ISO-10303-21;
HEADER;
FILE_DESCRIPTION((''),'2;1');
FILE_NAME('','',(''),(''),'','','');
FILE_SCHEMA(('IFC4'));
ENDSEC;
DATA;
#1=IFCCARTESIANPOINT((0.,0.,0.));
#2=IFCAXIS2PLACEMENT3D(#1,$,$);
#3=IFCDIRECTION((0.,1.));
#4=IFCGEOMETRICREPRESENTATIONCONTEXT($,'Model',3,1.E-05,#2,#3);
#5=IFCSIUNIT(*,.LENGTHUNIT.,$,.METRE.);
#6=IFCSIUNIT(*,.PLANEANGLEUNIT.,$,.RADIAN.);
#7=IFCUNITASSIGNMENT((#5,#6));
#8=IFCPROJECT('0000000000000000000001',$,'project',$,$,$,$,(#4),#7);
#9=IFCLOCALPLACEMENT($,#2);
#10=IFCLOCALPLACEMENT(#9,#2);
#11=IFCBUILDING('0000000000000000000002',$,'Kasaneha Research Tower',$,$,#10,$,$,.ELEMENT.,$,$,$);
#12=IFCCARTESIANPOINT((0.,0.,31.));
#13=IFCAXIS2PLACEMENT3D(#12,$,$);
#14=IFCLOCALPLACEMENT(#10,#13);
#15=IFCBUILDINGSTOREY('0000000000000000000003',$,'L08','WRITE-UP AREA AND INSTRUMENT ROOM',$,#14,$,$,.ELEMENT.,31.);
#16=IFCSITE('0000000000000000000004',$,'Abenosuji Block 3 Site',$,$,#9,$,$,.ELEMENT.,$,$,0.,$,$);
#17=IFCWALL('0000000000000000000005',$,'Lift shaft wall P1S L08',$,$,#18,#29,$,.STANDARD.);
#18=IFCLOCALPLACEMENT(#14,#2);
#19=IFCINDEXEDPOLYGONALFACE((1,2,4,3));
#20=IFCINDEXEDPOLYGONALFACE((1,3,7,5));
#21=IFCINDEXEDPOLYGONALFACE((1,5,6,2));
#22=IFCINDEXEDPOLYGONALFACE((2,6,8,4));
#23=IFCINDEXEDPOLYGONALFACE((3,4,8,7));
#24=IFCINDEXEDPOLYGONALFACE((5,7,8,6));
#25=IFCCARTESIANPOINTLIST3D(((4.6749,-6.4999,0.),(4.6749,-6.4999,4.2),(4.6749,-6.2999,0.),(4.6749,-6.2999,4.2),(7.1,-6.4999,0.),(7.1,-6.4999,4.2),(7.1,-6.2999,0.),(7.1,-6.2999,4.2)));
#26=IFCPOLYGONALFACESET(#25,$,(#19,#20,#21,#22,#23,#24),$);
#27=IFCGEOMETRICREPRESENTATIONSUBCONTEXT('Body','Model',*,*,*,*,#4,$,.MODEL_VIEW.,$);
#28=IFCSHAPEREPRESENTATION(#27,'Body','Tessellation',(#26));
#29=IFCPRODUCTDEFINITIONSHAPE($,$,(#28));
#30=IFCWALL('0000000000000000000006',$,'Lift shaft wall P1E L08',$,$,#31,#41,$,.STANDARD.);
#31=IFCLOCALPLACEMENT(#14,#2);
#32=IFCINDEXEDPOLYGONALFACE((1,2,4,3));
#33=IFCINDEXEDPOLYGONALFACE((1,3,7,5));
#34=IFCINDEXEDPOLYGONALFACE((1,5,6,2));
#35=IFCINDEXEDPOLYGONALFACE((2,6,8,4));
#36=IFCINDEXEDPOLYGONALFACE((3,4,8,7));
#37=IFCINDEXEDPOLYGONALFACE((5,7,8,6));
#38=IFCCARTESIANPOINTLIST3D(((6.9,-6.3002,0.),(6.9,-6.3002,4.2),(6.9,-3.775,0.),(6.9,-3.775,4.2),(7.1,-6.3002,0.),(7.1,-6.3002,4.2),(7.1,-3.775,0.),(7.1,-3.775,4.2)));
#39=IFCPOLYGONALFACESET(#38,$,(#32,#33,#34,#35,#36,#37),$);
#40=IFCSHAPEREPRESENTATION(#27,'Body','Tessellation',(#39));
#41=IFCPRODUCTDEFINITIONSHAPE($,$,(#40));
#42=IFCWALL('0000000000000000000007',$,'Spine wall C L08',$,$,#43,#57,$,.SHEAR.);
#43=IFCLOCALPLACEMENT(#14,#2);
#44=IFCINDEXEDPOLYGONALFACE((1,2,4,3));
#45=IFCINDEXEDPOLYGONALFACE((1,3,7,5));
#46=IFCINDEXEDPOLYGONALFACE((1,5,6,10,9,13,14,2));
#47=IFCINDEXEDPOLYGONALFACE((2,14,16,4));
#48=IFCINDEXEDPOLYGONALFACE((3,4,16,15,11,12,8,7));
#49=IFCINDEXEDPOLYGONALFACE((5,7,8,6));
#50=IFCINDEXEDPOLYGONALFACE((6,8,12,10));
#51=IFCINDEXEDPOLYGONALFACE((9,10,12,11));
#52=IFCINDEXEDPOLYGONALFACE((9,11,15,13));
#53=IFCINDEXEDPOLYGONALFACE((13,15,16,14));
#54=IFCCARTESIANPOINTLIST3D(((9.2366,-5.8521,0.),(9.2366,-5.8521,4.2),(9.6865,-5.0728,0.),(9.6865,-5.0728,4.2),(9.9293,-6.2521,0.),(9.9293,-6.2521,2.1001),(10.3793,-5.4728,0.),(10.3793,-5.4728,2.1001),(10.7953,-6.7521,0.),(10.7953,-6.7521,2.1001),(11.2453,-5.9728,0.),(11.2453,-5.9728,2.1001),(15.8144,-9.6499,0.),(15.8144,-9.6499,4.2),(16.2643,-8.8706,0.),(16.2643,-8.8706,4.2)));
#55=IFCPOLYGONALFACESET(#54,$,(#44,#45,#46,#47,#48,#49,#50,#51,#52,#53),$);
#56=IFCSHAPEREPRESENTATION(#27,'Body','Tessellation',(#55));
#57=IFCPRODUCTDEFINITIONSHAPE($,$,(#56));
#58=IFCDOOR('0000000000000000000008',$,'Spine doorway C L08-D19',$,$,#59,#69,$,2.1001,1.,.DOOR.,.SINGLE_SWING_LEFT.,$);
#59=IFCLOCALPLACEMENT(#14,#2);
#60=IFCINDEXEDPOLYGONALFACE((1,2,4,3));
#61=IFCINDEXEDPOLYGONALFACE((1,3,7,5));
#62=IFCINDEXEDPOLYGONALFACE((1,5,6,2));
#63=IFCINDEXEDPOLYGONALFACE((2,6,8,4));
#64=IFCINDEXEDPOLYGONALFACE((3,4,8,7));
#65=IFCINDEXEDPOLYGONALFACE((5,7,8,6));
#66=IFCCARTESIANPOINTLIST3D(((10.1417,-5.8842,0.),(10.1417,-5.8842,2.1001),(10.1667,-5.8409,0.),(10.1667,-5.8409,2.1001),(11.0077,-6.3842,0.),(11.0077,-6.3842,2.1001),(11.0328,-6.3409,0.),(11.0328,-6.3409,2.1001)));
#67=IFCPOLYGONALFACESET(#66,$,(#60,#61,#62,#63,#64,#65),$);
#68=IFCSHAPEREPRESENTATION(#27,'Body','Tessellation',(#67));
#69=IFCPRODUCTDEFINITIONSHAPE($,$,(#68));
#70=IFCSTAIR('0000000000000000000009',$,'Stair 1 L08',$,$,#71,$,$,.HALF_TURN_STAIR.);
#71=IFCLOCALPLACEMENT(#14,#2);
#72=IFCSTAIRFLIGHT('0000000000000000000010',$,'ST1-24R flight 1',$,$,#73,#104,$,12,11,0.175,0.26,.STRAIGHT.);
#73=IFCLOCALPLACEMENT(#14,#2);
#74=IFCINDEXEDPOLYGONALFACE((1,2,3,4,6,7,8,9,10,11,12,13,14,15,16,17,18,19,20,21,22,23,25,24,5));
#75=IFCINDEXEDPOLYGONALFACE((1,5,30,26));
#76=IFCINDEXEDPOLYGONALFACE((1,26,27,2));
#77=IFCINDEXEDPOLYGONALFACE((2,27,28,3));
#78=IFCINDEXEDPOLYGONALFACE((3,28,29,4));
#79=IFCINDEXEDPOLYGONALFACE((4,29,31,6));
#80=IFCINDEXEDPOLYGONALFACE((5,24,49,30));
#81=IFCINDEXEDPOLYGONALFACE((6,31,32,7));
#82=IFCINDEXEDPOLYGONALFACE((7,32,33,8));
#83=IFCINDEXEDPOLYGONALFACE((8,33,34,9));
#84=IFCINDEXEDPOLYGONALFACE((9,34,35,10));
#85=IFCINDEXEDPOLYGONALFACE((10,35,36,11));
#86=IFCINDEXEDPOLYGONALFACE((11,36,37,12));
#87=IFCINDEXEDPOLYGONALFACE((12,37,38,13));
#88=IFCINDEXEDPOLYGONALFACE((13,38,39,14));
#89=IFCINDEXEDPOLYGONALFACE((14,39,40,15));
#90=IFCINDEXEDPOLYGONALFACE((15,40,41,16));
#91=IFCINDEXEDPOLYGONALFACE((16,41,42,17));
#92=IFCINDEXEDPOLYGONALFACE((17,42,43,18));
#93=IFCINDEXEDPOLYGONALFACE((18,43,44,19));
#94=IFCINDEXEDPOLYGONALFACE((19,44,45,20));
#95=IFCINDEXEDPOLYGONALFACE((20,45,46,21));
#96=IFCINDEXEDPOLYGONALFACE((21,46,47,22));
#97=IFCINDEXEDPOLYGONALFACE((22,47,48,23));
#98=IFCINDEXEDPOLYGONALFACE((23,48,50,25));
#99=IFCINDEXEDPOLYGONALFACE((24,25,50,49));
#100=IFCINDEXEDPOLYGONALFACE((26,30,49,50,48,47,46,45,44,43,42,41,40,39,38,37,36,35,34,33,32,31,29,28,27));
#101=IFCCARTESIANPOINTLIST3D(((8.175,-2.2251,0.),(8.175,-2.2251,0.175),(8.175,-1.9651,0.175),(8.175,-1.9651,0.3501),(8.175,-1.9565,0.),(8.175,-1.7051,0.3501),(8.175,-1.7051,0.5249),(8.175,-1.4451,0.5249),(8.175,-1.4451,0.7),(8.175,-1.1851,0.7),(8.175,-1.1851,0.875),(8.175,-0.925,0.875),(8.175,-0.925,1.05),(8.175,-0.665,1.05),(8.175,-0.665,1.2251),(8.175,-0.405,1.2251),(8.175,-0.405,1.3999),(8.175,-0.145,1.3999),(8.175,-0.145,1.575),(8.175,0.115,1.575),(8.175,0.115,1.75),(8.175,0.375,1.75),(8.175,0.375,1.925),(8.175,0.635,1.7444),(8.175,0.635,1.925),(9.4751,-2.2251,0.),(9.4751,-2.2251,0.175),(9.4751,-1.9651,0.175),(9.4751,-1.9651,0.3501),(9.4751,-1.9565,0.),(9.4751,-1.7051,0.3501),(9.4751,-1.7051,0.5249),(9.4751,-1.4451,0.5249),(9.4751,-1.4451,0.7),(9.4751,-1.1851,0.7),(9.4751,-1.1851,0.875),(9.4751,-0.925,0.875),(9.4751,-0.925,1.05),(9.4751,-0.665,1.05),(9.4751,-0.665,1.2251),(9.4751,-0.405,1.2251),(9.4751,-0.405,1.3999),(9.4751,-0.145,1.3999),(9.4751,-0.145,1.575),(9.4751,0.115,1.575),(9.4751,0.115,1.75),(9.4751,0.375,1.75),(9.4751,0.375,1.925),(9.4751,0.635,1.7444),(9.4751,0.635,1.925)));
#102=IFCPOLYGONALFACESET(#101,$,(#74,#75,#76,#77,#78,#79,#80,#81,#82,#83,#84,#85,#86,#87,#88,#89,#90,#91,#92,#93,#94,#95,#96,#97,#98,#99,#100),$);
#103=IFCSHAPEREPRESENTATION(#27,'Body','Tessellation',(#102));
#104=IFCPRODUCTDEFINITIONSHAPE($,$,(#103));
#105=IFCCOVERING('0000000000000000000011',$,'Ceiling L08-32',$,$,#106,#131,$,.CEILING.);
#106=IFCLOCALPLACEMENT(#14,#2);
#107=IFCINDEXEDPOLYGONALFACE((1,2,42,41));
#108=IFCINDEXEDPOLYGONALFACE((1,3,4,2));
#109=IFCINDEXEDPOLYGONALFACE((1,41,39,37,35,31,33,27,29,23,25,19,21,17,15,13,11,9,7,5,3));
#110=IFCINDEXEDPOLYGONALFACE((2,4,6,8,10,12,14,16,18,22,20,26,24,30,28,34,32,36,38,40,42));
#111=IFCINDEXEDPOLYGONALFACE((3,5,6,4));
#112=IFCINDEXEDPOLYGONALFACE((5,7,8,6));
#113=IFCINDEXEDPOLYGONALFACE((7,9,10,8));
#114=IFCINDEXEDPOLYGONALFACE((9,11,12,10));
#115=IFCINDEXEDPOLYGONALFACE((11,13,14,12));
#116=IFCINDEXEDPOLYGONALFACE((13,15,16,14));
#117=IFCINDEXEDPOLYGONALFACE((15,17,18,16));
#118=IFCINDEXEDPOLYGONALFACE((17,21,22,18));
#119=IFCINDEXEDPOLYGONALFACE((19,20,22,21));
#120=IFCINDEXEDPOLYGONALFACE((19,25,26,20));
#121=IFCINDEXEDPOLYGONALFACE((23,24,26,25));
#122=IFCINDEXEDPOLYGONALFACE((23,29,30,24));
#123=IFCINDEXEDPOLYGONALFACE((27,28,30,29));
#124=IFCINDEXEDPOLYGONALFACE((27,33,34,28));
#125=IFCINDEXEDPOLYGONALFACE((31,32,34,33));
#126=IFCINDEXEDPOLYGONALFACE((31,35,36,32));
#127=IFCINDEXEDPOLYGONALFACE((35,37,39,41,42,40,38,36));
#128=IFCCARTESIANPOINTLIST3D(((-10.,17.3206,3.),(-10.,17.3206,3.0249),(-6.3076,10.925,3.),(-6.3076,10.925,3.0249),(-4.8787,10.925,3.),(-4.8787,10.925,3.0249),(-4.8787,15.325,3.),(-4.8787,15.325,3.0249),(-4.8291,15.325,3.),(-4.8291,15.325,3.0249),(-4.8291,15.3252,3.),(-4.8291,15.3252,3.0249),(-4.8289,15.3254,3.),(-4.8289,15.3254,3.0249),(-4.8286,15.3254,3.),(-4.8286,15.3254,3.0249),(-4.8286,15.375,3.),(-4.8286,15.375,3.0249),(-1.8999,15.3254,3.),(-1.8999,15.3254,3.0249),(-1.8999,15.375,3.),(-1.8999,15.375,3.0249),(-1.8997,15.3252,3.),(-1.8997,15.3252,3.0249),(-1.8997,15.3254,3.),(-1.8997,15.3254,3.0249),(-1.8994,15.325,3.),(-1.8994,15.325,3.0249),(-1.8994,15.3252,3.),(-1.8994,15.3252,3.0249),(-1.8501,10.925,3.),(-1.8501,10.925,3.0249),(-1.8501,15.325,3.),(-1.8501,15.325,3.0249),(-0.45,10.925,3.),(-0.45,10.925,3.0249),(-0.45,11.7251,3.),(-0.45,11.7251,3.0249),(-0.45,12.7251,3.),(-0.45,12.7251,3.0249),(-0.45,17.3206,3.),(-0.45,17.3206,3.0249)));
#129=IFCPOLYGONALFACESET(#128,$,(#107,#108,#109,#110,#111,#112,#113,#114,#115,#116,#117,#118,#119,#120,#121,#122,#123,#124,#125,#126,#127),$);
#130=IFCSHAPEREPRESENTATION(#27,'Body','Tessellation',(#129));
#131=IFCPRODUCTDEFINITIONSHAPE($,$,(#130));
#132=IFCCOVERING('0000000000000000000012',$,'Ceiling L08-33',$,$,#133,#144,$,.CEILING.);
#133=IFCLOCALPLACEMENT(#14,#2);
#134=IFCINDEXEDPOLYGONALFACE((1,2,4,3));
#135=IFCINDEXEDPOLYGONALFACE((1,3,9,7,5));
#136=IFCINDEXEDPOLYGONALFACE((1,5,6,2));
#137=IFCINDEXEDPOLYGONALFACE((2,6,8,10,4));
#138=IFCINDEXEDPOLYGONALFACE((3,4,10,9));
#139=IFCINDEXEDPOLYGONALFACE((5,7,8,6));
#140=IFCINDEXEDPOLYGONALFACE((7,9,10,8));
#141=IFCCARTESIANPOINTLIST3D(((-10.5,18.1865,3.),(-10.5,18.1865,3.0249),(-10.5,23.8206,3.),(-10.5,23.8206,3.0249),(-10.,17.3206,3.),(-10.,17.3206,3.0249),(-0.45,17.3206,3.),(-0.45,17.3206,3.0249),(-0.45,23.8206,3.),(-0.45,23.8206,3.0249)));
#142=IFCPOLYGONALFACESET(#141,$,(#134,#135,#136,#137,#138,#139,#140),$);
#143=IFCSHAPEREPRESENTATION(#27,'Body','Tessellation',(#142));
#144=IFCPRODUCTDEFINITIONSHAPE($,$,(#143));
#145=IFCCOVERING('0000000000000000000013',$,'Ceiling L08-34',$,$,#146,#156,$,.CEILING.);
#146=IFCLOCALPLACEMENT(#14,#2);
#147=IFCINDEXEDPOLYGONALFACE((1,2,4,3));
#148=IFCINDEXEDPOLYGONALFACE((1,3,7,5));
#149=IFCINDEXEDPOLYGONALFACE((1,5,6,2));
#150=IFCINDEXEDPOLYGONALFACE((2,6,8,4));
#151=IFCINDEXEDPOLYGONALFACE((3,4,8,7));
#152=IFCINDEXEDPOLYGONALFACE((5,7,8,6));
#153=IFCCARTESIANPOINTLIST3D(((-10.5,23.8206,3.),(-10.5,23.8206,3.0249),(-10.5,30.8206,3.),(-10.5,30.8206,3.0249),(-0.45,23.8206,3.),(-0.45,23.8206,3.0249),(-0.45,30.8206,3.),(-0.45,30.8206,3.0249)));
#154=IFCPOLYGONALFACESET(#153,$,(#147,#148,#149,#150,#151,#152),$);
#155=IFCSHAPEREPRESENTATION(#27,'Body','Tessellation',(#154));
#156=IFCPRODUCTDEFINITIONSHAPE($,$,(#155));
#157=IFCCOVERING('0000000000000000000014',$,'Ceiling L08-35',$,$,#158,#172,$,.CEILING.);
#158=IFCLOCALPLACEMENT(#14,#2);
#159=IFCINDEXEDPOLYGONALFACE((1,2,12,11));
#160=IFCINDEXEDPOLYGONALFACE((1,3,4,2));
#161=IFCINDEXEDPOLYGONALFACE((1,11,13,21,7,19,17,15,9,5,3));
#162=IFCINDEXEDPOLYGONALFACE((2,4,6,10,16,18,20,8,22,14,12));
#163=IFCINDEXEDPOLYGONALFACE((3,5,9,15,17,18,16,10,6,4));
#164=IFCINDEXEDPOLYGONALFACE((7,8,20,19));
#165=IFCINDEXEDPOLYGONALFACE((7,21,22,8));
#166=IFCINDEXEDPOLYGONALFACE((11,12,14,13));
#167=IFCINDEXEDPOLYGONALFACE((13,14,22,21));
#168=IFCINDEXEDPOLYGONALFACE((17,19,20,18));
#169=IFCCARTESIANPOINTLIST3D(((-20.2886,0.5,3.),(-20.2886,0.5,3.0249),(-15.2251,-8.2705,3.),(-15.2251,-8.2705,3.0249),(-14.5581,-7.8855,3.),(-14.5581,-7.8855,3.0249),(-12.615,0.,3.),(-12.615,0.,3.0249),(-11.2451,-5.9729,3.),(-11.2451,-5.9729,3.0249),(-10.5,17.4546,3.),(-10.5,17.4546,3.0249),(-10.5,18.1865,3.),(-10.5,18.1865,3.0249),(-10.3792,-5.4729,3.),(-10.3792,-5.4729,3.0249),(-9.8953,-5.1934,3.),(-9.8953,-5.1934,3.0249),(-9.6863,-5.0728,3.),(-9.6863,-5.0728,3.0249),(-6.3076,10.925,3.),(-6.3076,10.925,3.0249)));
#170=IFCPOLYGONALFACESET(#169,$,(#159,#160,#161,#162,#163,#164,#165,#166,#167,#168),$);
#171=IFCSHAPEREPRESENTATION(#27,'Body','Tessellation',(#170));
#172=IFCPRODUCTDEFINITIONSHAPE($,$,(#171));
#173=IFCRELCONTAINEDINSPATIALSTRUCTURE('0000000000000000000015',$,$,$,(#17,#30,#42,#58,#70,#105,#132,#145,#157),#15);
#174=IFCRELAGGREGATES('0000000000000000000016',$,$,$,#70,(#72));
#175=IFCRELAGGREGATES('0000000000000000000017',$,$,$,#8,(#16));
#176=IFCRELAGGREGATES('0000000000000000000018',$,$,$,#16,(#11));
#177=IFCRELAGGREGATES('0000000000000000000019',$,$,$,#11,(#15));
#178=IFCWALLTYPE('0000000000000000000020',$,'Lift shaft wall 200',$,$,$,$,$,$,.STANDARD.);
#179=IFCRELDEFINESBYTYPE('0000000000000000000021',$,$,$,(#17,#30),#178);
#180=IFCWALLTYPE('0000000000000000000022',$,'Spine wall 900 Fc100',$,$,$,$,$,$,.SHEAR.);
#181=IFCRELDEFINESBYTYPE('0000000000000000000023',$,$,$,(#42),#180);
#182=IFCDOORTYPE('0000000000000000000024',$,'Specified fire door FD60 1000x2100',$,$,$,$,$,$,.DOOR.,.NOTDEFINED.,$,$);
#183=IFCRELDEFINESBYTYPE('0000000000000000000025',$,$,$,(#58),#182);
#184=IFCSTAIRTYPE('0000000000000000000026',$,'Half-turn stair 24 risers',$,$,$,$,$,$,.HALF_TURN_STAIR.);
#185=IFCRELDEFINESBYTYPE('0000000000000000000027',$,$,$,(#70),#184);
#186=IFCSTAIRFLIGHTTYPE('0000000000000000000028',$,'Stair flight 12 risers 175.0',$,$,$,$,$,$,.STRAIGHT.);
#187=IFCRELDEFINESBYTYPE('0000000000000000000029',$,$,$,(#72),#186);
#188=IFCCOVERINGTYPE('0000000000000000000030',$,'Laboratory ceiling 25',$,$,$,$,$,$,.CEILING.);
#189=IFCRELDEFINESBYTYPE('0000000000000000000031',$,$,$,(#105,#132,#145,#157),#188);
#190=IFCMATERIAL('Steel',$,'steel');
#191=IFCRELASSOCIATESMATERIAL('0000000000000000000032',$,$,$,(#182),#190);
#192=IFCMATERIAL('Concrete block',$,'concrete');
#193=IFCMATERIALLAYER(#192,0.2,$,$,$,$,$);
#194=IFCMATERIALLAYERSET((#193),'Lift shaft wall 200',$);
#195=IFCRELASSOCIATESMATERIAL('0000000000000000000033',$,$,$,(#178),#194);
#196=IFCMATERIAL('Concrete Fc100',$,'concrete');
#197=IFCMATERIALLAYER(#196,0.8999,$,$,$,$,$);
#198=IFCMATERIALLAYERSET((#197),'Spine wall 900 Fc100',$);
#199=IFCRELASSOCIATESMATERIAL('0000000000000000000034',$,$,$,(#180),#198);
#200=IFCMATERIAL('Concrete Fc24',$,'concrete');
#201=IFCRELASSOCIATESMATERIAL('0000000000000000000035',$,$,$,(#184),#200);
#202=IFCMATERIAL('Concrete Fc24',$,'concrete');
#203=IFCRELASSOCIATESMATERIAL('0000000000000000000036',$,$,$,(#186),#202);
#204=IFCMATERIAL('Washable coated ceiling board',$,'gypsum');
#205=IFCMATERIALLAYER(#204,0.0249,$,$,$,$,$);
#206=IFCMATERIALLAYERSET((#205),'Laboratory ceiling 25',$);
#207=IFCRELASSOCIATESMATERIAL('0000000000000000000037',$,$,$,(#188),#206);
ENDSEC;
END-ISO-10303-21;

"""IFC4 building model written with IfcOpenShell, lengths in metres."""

from ifc_helpers import new_model, si_unit, direction, frame, frame_2d, origin, place, context, subcontext, project, spatial, polyline, rectangle, outline, extrude, material, layer, layer_set, type_object, element, fill, aggregate, save


model = new_model("IFC4")

# Units and contexts
model_context = context("Model", 3, precision=1e-05, world=origin(), true_north=direction((0.0, 1.0)))
body_context = subcontext(model_context, "Body", "Model", "MODEL_VIEW")
ifc_project = project(units=[si_unit("LENGTHUNIT", "METRE"), si_unit("PLANEANGLEUNIT", "RADIAN")], contexts=[model_context])

# Site, building, storey
site_placement = place(None, origin())
site = spatial("IfcSite", under=ifc_project, at=site_placement, Name="Abenosuji Block 3 Site", CompositionType="ELEMENT", RefElevation=0.0)
building_placement = place(site_placement, origin())
building = spatial("IfcBuilding", under=site, at=building_placement, Name="Kasaneha Research Tower", CompositionType="ELEMENT")
storey_placement = place(building_placement, frame((0.0, 0.0, 31.0)))
storey = spatial("IfcBuildingStorey", under=building, at=storey_placement, Name="L08", Description="WRITE-UP AREA AND INSTRUMENT ROOM", CompositionType="ELEMENT", Elevation=31.0)

# Shared definitions
ifc_material_1 = material(Name="Steel", Category="steel")
door_type_1 = type_object("IfcDoorType", Name="Specified fire door FD60 1000x2100", OperationType="NOTDEFINED", PredefinedType="DOOR", material=ifc_material_1)

# Walls
ifc_material_2 = material(Name="Concrete block", Category="concrete")
ifc_layer_1 = layer(ifc_material_2, 0.2)
ifc_layer_set_1 = layer_set([ifc_layer_1], Name="Lift shaft wall 200")
wall_type_1 = type_object("IfcWallType", Name="Lift shaft wall 200", PredefinedType="STANDARD", material=ifc_layer_set_1)
wall_1_placement = place(storey_placement, frame((4.675, -6.3999, 0.0), z_axis=(0.0, 0.0, 1.0), x_axis=(1.0, 0.0, 0.0)))
element("IfcWall", 1, at=wall_1_placement, inside=storey, type_object=wall_type_1, Name="Lift shaft wall P1S L08", PredefinedType="STANDARD", context=body_context, shape_type="SweptSolid", body=[
    extrude(rectangle(XDim=2.425, YDim=0.2, at=frame_2d((1.2124, 0.0))), origin(), (0.0, 0.0, 1.0), 4.2),
])
wall_2_placement = place(storey_placement, frame((7.0, -3.7749, 0.0), z_axis=(0.0, 0.0, 1.0), x_axis=(0.0, -1.0, 0.0)))
element("IfcWall", 2, at=wall_2_placement, inside=storey, type_object=wall_type_1, Name="Lift shaft wall P1E L08", PredefinedType="STANDARD", context=body_context, shape_type="SweptSolid", body=[
    extrude(rectangle(XDim=2.5251, YDim=0.2, at=frame_2d((1.2627, 0.0))), origin(), (0.0, 0.0, 1.0), 4.2),
])

# Wall, opening, door
ifc_material_3 = material(Name="Concrete Fc100", Category="concrete")
ifc_layer_2 = layer(ifc_material_3, 0.8999)
ifc_layer_set_2 = layer_set([ifc_layer_2], Name="Spine wall 900 Fc100")
wall_type_2 = type_object("IfcWallType", Name="Spine wall 900 Fc100", PredefinedType="SHEAR", material=ifc_layer_set_2)
wall_3_placement = place(storey_placement, frame((9.4614, -5.4624, 0.0), z_axis=(0.0, 0.0, 1.0), x_axis=(0.866019, -0.500011, 0.0)))
wall_3 = element("IfcWall", 3, at=wall_3_placement, inside=storey, type_object=wall_type_2, Name="Spine wall C L08", PredefinedType="SHEAR", context=body_context, shape_type="SweptSolid", body=[
    extrude(rectangle(XDim=7.5955, YDim=0.8999, at=frame_2d((3.7979, 0.0))), origin(), (0.0, 0.0, 1.0), 4.2),
])
opening_1_placement = place(wall_3_placement, frame((0.8, 0.0, 0.0)))
opening_1 = element("IfcOpeningElement", 4, at=opening_1_placement, cuts=wall_3, PredefinedType="OPENING", context=body_context, shape_type="SweptSolid", body=[
    extrude(rectangle(XDim=1.0, YDim=2.1001, at=frame_2d((0.5, 1.05))), frame((0.0, 0.46, 0.0), z_axis=(0.0, -1.0, 0.0), x_axis=(1.0, 0.0, 0.0)), (0.0, 0.0, 1.0), 0.9199),
])
door_1_placement = place(opening_1_placement, origin())
door_1 = element("IfcDoor", 5, at=door_1_placement, inside=storey, type_object=door_type_1, Name="Spine doorway C L08-D19", OperationType="SINGLE_SWING_LEFT", OverallHeight=2.1001, OverallWidth=1.0, PredefinedType="DOOR", context=body_context, shape_type="SweptSolid", body=[
    extrude(rectangle(XDim=1.0, YDim=2.1001, at=frame_2d((0.5, 1.05))), frame((0.0, 0.0249, 0.0), z_axis=(0.0, -1.0, 0.0), x_axis=(1.0, 0.0, 0.0)), (0.0, 0.0, 1.0), 0.05),
])
fill(opening_1, door_1)

# Stair, stair flight
ifc_material_4 = material(Name="Concrete Fc24", Category="concrete")
stair_type = type_object("IfcStairType", Name="Half-turn stair 24 risers", PredefinedType="HALF_TURN_STAIR", material=ifc_material_4)
stair_placement = place(storey_placement, origin())
stair = element("IfcStair", 6, at=stair_placement, inside=storey, type_object=stair_type, Name="Stair 1 L08", PredefinedType="HALF_TURN_STAIR")
ifc_material_5 = material(Name="Concrete Fc24", Category="concrete")
stair_flight_type = type_object("IfcStairFlightType", Name="Stair flight 12 risers 175.0", PredefinedType="STRAIGHT", material=ifc_material_5)
stair_flight_placement = place(storey_placement, frame((8.825, -2.2251, 0.0), z_axis=(0.0, 0.0, 1.0), x_axis=(0.0, 1.0, 0.0)))
stair_flight = element("IfcStairFlight", 7, at=stair_flight_placement, type_object=stair_flight_type, Name="ST1-24R flight 1", NumberOfRisers=12, NumberOfTreads=11, PredefinedType="STRAIGHT", RiserHeight=0.175, TreadLength=0.26, context=body_context, shape_type="SweptSolid", body=[
    extrude(outline(polyline([(0.0, 0.0), (0.0, 0.175), (0.26, 0.175), (0.26, 0.3501), (0.52, 0.3501), (0.52, 0.5249), (0.78, 0.5249), (0.78, 0.7), (1.04, 0.7), (1.04, 0.875), (1.3, 0.875), (1.3, 1.05), (1.5601, 1.05), (1.5601, 1.2251), (1.8201, 1.2251), (1.8201, 1.3999), (2.0801, 1.3999), (2.0801, 1.575), (2.3401, 1.575), (2.3401, 1.75), (2.6001, 1.75), (2.6001, 1.925), (2.8601, 1.925), (2.8601, 2.1001), (2.8601, 1.7444), (0.2686, 0.0), (0.0, 0.0)])), frame((0.0, 0.6499, 0.0), z_axis=(0.0, -1.0, 0.0), x_axis=(1.0, 0.0, 0.0)), (0.0, 0.0, 1.0), 1.3),
])
aggregate(stair, [stair_flight])

# Coverings
ifc_material_6 = material(Name="Washable coated ceiling board", Category="gypsum")
ifc_layer_3 = layer(ifc_material_6, 0.0249)
ifc_layer_set_3 = layer_set([ifc_layer_3], Name="Laboratory ceiling 25")
covering_type = type_object("IfcCoveringType", Name="Laboratory ceiling 25", PredefinedType="CEILING", material=ifc_layer_set_3)
covering_1_placement = place(storey_placement, frame((0.0, 0.0, 3.0)))
element("IfcCovering", 8, at=covering_1_placement, inside=storey, type_object=covering_type, Name="Ceiling L08-32", PredefinedType="CEILING", context=body_context, shape_type="SweptSolid", body=[
    extrude(outline(polyline([(-1.8501, 10.925), (-1.8501, 15.325), (-1.8994, 15.325), (-1.8994, 15.325), (-1.8994, 15.3252), (-1.8994, 15.3252), (-1.8997, 15.3252), (-1.8997, 15.3252), (-1.8997, 15.3252), (-1.8997, 15.3254), (-1.8997, 15.3254), (-1.8997, 15.3254), (-1.8997, 15.3254), (-1.8997, 15.3254), (-1.8999, 15.3254), (-1.8999, 15.3254), (-1.8999, 15.3254), (-1.8999, 15.3254), (-1.8999, 15.3254), (-1.8999, 15.375), (-4.8286, 15.375), (-4.8286, 15.3254), (-4.8286, 15.3254), (-4.8286, 15.3254), (-4.8286, 15.3254), (-4.8289, 15.3254), (-4.8289, 15.3254), (-4.8289, 15.3254), (-4.8289, 15.3254), (-4.8289, 15.3254), (-4.8289, 15.3254), (-4.8291, 15.3252), (-4.8291, 15.3252), (-4.8291, 15.3252), (-4.8291, 15.3252), (-4.8291, 15.3252), (-4.8291, 15.325), (-4.8291, 15.325), (-4.8787, 15.325), (-4.8787, 10.925), (-6.3076, 10.925), (-10.0, 17.3206), (-0.45, 17.3206), (-0.45, 12.7251), (-0.45, 11.7251), (-0.45, 10.925), (-1.8501, 10.925)])), origin(), (0.0, 0.0, 1.0), 0.0249),
])
covering_2_placement = place(storey_placement, frame((0.0, 0.0, 3.0)))
element("IfcCovering", 9, at=covering_2_placement, inside=storey, type_object=covering_type, Name="Ceiling L08-33", PredefinedType="CEILING", context=body_context, shape_type="SweptSolid", body=[
    extrude(outline(polyline([(-10.5, 23.8206), (-0.45, 23.8206), (-0.45, 17.3206), (-10.0, 17.3206), (-10.5, 18.1865), (-10.5, 23.8206)])), origin(), (0.0, 0.0, 1.0), 0.0249),
])
covering_3_placement = place(storey_placement, frame((0.0, 0.0, 3.0)))
element("IfcCovering", 10, at=covering_3_placement, inside=storey, type_object=covering_type, Name="Ceiling L08-34", PredefinedType="CEILING", context=body_context, shape_type="SweptSolid", body=[
    extrude(outline(polyline([(-0.45, 30.8206), (-0.45, 23.8206), (-10.5, 23.8206), (-10.5, 30.8206), (-0.45, 30.8206)])), origin(), (0.0, 0.0, 1.0), 0.0249),
])
covering_4_placement = place(storey_placement, frame((0.0, 0.0, 3.0)))
element("IfcCovering", 11, at=covering_4_placement, inside=storey, type_object=covering_type, Name="Ceiling L08-35", PredefinedType="CEILING", context=body_context, shape_type="SweptSolid", body=[
    extrude(outline(polyline([(-12.615, 0.0), (-9.6863, -5.0728), (-9.8953, -5.1934), (-10.3792, -5.4729), (-11.2451, -5.9729), (-14.5581, -7.8855), (-15.2251, -8.2705), (-20.2886, 0.5), (-10.5, 17.4546), (-10.5, 18.1865), (-6.3076, 10.925), (-12.615, 0.0)])), origin(), (0.0, 0.0, 1.0), 0.0249),
])

save(model, "model.ifc")
